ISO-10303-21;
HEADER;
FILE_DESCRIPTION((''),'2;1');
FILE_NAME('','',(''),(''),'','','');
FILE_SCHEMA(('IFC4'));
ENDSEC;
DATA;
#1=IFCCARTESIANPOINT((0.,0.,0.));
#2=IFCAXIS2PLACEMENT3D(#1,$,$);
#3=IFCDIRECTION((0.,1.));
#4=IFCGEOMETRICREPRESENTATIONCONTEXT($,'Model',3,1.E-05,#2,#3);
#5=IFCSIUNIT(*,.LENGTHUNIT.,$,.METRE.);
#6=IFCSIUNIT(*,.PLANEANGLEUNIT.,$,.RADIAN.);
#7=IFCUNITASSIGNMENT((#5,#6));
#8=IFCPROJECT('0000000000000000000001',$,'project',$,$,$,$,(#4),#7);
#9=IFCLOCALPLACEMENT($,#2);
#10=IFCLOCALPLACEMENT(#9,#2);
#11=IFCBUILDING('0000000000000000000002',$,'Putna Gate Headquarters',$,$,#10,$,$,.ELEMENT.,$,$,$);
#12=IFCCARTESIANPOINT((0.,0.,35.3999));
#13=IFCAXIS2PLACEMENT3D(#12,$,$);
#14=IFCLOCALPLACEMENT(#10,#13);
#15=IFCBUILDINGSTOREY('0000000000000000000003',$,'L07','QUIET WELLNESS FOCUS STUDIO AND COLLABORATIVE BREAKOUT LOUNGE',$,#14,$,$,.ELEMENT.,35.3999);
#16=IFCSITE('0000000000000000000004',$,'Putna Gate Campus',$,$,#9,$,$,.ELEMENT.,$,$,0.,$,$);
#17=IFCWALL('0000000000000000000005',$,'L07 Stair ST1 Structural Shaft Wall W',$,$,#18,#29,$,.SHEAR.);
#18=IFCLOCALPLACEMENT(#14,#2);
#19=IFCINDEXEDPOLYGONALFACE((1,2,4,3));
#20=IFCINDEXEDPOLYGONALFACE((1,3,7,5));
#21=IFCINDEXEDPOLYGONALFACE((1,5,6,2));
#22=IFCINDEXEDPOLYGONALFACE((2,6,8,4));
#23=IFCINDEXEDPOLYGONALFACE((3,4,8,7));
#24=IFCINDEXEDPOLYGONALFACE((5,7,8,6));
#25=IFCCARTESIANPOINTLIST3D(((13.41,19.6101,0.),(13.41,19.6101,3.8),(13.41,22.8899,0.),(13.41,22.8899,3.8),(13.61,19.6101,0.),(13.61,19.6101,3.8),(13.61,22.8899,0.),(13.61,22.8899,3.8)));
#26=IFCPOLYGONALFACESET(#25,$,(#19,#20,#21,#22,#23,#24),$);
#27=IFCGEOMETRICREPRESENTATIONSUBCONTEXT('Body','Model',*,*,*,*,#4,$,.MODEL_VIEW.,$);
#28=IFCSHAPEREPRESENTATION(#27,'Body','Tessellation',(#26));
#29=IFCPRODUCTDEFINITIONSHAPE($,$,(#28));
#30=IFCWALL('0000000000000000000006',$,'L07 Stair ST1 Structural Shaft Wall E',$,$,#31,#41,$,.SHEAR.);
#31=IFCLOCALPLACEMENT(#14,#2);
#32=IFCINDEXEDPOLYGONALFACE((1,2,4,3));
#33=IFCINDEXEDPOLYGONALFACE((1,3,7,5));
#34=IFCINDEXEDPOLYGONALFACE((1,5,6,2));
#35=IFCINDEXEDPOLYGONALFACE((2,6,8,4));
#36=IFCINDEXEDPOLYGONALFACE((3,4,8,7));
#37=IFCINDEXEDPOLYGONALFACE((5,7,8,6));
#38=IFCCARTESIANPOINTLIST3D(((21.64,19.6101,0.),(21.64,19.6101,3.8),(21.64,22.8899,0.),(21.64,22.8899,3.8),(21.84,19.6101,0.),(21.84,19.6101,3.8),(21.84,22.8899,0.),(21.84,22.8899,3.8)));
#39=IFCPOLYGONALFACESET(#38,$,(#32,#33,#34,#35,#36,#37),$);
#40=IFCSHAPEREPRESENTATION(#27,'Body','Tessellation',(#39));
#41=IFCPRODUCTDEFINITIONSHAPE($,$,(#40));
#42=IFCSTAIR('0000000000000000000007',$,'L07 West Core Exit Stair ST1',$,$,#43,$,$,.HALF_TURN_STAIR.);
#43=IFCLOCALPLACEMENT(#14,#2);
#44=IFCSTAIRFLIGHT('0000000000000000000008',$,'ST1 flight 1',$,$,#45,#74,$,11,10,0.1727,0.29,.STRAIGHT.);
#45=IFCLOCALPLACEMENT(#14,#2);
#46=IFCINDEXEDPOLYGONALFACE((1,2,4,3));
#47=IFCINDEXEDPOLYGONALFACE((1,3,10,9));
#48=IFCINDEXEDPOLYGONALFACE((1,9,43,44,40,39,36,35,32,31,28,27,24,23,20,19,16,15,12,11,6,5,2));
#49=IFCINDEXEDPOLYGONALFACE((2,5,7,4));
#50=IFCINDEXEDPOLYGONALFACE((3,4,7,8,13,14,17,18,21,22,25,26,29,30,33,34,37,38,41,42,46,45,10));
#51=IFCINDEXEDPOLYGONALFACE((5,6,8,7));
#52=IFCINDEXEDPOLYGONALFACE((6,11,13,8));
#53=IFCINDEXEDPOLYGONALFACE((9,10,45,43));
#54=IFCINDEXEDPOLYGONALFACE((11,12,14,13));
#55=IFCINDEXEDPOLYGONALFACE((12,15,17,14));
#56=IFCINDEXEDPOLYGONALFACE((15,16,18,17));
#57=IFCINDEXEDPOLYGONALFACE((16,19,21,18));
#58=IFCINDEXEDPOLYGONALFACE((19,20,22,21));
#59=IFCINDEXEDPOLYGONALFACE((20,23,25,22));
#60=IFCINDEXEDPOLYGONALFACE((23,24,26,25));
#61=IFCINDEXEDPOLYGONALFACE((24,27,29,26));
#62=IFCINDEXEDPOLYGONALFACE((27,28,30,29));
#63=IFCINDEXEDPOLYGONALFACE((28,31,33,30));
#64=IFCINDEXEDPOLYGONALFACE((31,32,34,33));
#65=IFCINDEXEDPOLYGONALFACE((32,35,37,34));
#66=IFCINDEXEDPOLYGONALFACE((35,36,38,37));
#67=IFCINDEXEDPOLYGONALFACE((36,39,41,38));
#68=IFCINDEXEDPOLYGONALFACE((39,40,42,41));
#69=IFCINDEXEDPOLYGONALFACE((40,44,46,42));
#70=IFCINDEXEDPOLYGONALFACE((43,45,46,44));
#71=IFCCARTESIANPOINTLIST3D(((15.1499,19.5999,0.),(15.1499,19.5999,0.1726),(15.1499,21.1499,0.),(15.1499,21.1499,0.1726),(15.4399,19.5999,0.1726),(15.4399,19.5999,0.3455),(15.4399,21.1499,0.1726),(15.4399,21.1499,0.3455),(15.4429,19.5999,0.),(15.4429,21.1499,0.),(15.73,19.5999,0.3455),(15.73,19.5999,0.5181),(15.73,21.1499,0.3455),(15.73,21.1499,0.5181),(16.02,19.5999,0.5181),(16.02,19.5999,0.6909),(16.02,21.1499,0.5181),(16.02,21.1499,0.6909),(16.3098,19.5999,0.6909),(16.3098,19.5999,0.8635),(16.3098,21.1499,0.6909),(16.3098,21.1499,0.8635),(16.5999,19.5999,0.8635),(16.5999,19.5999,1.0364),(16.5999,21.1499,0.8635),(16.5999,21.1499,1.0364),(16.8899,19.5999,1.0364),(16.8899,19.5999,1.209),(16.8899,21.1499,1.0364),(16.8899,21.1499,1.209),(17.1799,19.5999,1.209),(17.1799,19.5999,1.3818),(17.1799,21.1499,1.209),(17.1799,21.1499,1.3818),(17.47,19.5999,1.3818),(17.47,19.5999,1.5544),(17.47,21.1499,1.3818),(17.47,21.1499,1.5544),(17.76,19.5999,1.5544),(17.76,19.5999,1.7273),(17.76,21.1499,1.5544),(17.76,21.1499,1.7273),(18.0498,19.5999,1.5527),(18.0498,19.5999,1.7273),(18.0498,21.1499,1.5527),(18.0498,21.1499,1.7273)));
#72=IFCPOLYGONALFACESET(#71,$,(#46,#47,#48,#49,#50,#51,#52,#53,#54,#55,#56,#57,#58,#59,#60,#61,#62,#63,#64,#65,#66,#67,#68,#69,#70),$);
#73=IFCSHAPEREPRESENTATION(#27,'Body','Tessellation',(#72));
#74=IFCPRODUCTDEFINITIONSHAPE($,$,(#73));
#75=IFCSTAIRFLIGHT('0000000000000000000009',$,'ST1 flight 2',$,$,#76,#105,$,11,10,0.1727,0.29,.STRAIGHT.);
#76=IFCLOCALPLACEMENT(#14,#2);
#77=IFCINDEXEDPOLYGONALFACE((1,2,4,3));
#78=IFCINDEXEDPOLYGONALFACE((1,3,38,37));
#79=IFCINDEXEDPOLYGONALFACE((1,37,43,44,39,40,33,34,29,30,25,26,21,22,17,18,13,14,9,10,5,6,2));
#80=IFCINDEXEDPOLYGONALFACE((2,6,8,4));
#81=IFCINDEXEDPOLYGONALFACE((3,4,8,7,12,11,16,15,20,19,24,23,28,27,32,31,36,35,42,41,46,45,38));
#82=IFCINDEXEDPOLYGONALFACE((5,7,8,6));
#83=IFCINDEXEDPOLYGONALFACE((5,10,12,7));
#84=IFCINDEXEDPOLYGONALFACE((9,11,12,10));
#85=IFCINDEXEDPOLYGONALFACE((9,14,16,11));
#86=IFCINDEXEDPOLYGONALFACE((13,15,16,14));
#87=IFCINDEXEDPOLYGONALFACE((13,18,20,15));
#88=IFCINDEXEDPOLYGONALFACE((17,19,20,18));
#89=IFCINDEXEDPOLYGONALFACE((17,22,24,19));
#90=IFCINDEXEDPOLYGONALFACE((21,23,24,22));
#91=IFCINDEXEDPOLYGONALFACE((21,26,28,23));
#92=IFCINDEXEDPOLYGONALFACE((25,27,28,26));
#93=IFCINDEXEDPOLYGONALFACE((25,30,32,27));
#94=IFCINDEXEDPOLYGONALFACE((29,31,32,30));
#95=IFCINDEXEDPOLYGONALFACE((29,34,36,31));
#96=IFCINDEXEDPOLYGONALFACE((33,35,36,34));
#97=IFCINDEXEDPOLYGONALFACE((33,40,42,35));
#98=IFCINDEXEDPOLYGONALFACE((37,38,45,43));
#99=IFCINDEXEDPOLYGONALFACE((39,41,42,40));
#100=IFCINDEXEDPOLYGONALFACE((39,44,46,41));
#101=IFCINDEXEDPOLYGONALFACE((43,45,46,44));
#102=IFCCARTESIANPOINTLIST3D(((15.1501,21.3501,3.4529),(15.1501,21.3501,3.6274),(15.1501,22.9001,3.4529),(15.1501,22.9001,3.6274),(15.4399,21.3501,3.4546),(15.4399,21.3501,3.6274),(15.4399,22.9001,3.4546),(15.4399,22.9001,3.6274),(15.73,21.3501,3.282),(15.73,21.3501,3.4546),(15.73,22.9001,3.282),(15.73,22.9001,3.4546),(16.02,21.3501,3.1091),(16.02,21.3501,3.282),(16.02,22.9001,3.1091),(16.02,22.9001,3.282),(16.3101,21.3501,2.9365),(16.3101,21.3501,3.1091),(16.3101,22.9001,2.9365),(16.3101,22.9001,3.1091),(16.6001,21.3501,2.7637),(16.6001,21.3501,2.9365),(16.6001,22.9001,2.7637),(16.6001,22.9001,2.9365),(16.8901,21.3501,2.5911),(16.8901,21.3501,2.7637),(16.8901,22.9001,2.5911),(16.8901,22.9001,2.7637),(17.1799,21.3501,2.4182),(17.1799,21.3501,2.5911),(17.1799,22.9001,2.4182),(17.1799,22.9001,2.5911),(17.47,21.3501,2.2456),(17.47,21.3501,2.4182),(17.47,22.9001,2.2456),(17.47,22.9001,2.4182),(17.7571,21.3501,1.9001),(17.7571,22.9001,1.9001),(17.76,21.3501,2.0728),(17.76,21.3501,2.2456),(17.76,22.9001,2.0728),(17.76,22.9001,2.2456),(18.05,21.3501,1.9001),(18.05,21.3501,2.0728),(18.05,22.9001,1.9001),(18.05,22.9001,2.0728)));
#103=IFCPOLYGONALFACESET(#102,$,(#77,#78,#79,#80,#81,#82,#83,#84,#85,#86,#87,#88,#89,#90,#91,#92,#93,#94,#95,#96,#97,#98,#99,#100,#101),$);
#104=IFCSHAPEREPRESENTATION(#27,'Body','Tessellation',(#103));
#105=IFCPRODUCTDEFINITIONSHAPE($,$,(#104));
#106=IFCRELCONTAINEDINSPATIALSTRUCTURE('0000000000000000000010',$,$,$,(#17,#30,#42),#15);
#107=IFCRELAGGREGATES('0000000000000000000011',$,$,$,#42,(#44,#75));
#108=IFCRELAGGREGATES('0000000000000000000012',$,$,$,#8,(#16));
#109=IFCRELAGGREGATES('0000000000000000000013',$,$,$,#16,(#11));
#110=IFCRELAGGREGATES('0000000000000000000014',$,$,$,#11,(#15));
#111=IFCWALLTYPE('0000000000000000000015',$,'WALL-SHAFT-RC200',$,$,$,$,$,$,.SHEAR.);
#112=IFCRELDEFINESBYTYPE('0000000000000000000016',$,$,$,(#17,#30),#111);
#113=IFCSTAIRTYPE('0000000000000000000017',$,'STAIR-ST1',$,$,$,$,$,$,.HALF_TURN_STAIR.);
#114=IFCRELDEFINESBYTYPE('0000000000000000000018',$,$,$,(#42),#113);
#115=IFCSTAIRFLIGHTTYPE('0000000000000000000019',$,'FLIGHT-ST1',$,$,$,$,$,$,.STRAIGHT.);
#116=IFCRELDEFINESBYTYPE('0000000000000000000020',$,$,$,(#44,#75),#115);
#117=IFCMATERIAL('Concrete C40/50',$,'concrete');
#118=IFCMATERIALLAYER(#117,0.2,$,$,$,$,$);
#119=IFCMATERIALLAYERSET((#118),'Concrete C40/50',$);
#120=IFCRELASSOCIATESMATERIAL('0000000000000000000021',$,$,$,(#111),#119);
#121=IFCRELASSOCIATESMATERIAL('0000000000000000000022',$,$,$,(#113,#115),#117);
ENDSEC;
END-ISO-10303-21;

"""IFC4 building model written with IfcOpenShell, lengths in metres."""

from ifc_helpers import new_model, si_unit, direction, frame, frame_2d, origin, place, context, subcontext, project, spatial, polyline, rectangle, outline, extrude, material, layer, layer_set, type_object, element, aggregate, save


model = new_model("IFC4")

# Units and contexts
model_context = context("Model", 3, precision=1e-05, world=origin(), true_north=direction((0.0, 1.0)))
body_context = subcontext(model_context, "Body", "Model", "MODEL_VIEW")
ifc_project = project(units=[si_unit("LENGTHUNIT", "METRE"), si_unit("PLANEANGLEUNIT", "RADIAN")], contexts=[model_context])

# Site, building, storey
site_placement = place(None, origin())
site = spatial("IfcSite", under=ifc_project, at=site_placement, Name="Putna Gate Campus", CompositionType="ELEMENT", RefElevation=0.0)
building_placement = place(site_placement, origin())
building = spatial("IfcBuilding", under=site, at=building_placement, Name="Putna Gate Headquarters", CompositionType="ELEMENT")
storey_placement = place(building_placement, frame((0.0, 0.0, 35.3999)))
storey = spatial("IfcBuildingStorey", under=building, at=storey_placement, Name="L07", Description="QUIET WELLNESS FOCUS STUDIO AND COLLABORATIVE BREAKOUT LOUNGE", CompositionType="ELEMENT", Elevation=35.3999)

# Shared definitions
ifc_material_1 = material(Name="Concrete C40/50", Category="concrete")

# Walls
ifc_layer_1 = layer(ifc_material_1, 0.2)
ifc_layer_set_1 = layer_set([ifc_layer_1], Name="Concrete C40/50")
wall_type_1 = type_object("IfcWallType", Name="WALL-SHAFT-RC200", PredefinedType="SHEAR", material=ifc_layer_set_1)
for number, where, z_axis, x_axis, name in (
    (1, (13.51, 19.6101, 0.0), (0.0, 0.0, 1.0), (0.0, 1.0, 0.0), "L07 Stair ST1 Structural Shaft Wall W"),
    (2, (21.74, 19.6101, 0.0), (0.0, 0.0, 1.0), (0.0, 1.0, 0.0), "L07 Stair ST1 Structural Shaft Wall E"),
):
    element("IfcWall", number, at=place(storey_placement, frame(where, z_axis=z_axis, x_axis=x_axis)), inside=storey, type_object=wall_type_1, Name=name, PredefinedType="SHEAR", context=body_context, shape_type="SweptSolid", body=[
        extrude(rectangle(XDim=3.2798, YDim=0.2, at=frame_2d((1.6399, 0.0))), origin(), (0.0, 0.0, 1.0), 3.8),
    ])

# Stair, stair flights
stair_type = type_object("IfcStairType", Name="STAIR-ST1", PredefinedType="HALF_TURN_STAIR", material=ifc_material_1)
stair_placement = place(storey_placement, origin())
stair = element("IfcStair", 3, at=stair_placement, inside=storey, type_object=stair_type, Name="L07 West Core Exit Stair ST1", PredefinedType="HALF_TURN_STAIR")
stair_flight_type = type_object("IfcStairFlightType", Name="FLIGHT-ST1", PredefinedType="STRAIGHT", material=ifc_material_1)
stair_flight_1_placement = place(storey_placement, frame((15.1499, 20.375, 0.0), z_axis=(0.0, 0.0, 1.0), x_axis=(1.0, 0.0, 0.0)))
stair_flight_1 = element("IfcStairFlight", 4, at=stair_flight_1_placement, type_object=stair_flight_type, Name="ST1 flight 1", NumberOfRisers=11, NumberOfTreads=10, PredefinedType="STRAIGHT", RiserHeight=0.1727, TreadLength=0.29, context=body_context, shape_type="SweptSolid", body=[
    extrude(outline(polyline([(0.0, 0.0), (0.0, 0.1726), (0.29, 0.1726), (0.29, 0.3455), (0.5801, 0.3455), (0.5801, 0.5181), (0.8701, 0.5181), (0.8701, 0.6909), (1.1599, 0.6909), (1.1599, 0.8635), (1.45, 0.8635), (1.45, 1.0364), (1.74, 1.0364), (1.74, 1.209), (2.03, 1.209), (2.03, 1.3818), (2.3201, 1.3818), (2.3201, 1.5544), (2.6101, 1.5544), (2.6101, 1.7273), (2.8999, 1.7273), (2.8999, 1.8999), (2.8999, 1.5527), (0.293, 0.0), (0.0, 0.0)])), frame((0.0, 0.7749, 0.0), z_axis=(0.0, -1.0, 0.0), x_axis=(1.0, 0.0, 0.0)), (0.0, 0.0, 1.0), 1.55),
])
stair_flight_2_placement = place(storey_placement, frame((18.05, 22.125, 1.9001), z_axis=(0.0, 0.0, 1.0), x_axis=(-1.0, 0.0, 0.0)))
stair_flight_2 = element("IfcStairFlight", 5, at=stair_flight_2_placement, type_object=stair_flight_type, Name="ST1 flight 2", NumberOfRisers=11, NumberOfTreads=10, PredefinedType="STRAIGHT", RiserHeight=0.1727, TreadLength=0.29, context=body_context, shape_type="SweptSolid", body=[
    extrude(outline(polyline([(0.0, 0.0), (0.0, 0.1726), (0.29, 0.1726), (0.29, 0.3455), (0.5801, 0.3455), (0.5801, 0.5181), (0.8701, 0.5181), (0.8701, 0.6909), (1.1599, 0.6909), (1.1599, 0.8635), (1.45, 0.8635), (1.45, 1.0364), (1.74, 1.0364), (1.74, 1.209), (2.03, 1.209), (2.03, 1.3818), (2.3201, 1.3818), (2.3201, 1.5544), (2.6101, 1.5544), (2.6101, 1.7273), (2.8999, 1.7273), (2.8999, 1.8999), (2.8999, 1.5527), (0.293, 0.0), (0.0, 0.0)])), frame((0.0, 0.7749, 0.0), z_axis=(0.0, -1.0, 0.0), x_axis=(1.0, 0.0, 0.0)), (0.0, 0.0, 1.0), 1.55),
])
aggregate(stair, [stair_flight_1, stair_flight_2])

save(model, "model.ifc")
